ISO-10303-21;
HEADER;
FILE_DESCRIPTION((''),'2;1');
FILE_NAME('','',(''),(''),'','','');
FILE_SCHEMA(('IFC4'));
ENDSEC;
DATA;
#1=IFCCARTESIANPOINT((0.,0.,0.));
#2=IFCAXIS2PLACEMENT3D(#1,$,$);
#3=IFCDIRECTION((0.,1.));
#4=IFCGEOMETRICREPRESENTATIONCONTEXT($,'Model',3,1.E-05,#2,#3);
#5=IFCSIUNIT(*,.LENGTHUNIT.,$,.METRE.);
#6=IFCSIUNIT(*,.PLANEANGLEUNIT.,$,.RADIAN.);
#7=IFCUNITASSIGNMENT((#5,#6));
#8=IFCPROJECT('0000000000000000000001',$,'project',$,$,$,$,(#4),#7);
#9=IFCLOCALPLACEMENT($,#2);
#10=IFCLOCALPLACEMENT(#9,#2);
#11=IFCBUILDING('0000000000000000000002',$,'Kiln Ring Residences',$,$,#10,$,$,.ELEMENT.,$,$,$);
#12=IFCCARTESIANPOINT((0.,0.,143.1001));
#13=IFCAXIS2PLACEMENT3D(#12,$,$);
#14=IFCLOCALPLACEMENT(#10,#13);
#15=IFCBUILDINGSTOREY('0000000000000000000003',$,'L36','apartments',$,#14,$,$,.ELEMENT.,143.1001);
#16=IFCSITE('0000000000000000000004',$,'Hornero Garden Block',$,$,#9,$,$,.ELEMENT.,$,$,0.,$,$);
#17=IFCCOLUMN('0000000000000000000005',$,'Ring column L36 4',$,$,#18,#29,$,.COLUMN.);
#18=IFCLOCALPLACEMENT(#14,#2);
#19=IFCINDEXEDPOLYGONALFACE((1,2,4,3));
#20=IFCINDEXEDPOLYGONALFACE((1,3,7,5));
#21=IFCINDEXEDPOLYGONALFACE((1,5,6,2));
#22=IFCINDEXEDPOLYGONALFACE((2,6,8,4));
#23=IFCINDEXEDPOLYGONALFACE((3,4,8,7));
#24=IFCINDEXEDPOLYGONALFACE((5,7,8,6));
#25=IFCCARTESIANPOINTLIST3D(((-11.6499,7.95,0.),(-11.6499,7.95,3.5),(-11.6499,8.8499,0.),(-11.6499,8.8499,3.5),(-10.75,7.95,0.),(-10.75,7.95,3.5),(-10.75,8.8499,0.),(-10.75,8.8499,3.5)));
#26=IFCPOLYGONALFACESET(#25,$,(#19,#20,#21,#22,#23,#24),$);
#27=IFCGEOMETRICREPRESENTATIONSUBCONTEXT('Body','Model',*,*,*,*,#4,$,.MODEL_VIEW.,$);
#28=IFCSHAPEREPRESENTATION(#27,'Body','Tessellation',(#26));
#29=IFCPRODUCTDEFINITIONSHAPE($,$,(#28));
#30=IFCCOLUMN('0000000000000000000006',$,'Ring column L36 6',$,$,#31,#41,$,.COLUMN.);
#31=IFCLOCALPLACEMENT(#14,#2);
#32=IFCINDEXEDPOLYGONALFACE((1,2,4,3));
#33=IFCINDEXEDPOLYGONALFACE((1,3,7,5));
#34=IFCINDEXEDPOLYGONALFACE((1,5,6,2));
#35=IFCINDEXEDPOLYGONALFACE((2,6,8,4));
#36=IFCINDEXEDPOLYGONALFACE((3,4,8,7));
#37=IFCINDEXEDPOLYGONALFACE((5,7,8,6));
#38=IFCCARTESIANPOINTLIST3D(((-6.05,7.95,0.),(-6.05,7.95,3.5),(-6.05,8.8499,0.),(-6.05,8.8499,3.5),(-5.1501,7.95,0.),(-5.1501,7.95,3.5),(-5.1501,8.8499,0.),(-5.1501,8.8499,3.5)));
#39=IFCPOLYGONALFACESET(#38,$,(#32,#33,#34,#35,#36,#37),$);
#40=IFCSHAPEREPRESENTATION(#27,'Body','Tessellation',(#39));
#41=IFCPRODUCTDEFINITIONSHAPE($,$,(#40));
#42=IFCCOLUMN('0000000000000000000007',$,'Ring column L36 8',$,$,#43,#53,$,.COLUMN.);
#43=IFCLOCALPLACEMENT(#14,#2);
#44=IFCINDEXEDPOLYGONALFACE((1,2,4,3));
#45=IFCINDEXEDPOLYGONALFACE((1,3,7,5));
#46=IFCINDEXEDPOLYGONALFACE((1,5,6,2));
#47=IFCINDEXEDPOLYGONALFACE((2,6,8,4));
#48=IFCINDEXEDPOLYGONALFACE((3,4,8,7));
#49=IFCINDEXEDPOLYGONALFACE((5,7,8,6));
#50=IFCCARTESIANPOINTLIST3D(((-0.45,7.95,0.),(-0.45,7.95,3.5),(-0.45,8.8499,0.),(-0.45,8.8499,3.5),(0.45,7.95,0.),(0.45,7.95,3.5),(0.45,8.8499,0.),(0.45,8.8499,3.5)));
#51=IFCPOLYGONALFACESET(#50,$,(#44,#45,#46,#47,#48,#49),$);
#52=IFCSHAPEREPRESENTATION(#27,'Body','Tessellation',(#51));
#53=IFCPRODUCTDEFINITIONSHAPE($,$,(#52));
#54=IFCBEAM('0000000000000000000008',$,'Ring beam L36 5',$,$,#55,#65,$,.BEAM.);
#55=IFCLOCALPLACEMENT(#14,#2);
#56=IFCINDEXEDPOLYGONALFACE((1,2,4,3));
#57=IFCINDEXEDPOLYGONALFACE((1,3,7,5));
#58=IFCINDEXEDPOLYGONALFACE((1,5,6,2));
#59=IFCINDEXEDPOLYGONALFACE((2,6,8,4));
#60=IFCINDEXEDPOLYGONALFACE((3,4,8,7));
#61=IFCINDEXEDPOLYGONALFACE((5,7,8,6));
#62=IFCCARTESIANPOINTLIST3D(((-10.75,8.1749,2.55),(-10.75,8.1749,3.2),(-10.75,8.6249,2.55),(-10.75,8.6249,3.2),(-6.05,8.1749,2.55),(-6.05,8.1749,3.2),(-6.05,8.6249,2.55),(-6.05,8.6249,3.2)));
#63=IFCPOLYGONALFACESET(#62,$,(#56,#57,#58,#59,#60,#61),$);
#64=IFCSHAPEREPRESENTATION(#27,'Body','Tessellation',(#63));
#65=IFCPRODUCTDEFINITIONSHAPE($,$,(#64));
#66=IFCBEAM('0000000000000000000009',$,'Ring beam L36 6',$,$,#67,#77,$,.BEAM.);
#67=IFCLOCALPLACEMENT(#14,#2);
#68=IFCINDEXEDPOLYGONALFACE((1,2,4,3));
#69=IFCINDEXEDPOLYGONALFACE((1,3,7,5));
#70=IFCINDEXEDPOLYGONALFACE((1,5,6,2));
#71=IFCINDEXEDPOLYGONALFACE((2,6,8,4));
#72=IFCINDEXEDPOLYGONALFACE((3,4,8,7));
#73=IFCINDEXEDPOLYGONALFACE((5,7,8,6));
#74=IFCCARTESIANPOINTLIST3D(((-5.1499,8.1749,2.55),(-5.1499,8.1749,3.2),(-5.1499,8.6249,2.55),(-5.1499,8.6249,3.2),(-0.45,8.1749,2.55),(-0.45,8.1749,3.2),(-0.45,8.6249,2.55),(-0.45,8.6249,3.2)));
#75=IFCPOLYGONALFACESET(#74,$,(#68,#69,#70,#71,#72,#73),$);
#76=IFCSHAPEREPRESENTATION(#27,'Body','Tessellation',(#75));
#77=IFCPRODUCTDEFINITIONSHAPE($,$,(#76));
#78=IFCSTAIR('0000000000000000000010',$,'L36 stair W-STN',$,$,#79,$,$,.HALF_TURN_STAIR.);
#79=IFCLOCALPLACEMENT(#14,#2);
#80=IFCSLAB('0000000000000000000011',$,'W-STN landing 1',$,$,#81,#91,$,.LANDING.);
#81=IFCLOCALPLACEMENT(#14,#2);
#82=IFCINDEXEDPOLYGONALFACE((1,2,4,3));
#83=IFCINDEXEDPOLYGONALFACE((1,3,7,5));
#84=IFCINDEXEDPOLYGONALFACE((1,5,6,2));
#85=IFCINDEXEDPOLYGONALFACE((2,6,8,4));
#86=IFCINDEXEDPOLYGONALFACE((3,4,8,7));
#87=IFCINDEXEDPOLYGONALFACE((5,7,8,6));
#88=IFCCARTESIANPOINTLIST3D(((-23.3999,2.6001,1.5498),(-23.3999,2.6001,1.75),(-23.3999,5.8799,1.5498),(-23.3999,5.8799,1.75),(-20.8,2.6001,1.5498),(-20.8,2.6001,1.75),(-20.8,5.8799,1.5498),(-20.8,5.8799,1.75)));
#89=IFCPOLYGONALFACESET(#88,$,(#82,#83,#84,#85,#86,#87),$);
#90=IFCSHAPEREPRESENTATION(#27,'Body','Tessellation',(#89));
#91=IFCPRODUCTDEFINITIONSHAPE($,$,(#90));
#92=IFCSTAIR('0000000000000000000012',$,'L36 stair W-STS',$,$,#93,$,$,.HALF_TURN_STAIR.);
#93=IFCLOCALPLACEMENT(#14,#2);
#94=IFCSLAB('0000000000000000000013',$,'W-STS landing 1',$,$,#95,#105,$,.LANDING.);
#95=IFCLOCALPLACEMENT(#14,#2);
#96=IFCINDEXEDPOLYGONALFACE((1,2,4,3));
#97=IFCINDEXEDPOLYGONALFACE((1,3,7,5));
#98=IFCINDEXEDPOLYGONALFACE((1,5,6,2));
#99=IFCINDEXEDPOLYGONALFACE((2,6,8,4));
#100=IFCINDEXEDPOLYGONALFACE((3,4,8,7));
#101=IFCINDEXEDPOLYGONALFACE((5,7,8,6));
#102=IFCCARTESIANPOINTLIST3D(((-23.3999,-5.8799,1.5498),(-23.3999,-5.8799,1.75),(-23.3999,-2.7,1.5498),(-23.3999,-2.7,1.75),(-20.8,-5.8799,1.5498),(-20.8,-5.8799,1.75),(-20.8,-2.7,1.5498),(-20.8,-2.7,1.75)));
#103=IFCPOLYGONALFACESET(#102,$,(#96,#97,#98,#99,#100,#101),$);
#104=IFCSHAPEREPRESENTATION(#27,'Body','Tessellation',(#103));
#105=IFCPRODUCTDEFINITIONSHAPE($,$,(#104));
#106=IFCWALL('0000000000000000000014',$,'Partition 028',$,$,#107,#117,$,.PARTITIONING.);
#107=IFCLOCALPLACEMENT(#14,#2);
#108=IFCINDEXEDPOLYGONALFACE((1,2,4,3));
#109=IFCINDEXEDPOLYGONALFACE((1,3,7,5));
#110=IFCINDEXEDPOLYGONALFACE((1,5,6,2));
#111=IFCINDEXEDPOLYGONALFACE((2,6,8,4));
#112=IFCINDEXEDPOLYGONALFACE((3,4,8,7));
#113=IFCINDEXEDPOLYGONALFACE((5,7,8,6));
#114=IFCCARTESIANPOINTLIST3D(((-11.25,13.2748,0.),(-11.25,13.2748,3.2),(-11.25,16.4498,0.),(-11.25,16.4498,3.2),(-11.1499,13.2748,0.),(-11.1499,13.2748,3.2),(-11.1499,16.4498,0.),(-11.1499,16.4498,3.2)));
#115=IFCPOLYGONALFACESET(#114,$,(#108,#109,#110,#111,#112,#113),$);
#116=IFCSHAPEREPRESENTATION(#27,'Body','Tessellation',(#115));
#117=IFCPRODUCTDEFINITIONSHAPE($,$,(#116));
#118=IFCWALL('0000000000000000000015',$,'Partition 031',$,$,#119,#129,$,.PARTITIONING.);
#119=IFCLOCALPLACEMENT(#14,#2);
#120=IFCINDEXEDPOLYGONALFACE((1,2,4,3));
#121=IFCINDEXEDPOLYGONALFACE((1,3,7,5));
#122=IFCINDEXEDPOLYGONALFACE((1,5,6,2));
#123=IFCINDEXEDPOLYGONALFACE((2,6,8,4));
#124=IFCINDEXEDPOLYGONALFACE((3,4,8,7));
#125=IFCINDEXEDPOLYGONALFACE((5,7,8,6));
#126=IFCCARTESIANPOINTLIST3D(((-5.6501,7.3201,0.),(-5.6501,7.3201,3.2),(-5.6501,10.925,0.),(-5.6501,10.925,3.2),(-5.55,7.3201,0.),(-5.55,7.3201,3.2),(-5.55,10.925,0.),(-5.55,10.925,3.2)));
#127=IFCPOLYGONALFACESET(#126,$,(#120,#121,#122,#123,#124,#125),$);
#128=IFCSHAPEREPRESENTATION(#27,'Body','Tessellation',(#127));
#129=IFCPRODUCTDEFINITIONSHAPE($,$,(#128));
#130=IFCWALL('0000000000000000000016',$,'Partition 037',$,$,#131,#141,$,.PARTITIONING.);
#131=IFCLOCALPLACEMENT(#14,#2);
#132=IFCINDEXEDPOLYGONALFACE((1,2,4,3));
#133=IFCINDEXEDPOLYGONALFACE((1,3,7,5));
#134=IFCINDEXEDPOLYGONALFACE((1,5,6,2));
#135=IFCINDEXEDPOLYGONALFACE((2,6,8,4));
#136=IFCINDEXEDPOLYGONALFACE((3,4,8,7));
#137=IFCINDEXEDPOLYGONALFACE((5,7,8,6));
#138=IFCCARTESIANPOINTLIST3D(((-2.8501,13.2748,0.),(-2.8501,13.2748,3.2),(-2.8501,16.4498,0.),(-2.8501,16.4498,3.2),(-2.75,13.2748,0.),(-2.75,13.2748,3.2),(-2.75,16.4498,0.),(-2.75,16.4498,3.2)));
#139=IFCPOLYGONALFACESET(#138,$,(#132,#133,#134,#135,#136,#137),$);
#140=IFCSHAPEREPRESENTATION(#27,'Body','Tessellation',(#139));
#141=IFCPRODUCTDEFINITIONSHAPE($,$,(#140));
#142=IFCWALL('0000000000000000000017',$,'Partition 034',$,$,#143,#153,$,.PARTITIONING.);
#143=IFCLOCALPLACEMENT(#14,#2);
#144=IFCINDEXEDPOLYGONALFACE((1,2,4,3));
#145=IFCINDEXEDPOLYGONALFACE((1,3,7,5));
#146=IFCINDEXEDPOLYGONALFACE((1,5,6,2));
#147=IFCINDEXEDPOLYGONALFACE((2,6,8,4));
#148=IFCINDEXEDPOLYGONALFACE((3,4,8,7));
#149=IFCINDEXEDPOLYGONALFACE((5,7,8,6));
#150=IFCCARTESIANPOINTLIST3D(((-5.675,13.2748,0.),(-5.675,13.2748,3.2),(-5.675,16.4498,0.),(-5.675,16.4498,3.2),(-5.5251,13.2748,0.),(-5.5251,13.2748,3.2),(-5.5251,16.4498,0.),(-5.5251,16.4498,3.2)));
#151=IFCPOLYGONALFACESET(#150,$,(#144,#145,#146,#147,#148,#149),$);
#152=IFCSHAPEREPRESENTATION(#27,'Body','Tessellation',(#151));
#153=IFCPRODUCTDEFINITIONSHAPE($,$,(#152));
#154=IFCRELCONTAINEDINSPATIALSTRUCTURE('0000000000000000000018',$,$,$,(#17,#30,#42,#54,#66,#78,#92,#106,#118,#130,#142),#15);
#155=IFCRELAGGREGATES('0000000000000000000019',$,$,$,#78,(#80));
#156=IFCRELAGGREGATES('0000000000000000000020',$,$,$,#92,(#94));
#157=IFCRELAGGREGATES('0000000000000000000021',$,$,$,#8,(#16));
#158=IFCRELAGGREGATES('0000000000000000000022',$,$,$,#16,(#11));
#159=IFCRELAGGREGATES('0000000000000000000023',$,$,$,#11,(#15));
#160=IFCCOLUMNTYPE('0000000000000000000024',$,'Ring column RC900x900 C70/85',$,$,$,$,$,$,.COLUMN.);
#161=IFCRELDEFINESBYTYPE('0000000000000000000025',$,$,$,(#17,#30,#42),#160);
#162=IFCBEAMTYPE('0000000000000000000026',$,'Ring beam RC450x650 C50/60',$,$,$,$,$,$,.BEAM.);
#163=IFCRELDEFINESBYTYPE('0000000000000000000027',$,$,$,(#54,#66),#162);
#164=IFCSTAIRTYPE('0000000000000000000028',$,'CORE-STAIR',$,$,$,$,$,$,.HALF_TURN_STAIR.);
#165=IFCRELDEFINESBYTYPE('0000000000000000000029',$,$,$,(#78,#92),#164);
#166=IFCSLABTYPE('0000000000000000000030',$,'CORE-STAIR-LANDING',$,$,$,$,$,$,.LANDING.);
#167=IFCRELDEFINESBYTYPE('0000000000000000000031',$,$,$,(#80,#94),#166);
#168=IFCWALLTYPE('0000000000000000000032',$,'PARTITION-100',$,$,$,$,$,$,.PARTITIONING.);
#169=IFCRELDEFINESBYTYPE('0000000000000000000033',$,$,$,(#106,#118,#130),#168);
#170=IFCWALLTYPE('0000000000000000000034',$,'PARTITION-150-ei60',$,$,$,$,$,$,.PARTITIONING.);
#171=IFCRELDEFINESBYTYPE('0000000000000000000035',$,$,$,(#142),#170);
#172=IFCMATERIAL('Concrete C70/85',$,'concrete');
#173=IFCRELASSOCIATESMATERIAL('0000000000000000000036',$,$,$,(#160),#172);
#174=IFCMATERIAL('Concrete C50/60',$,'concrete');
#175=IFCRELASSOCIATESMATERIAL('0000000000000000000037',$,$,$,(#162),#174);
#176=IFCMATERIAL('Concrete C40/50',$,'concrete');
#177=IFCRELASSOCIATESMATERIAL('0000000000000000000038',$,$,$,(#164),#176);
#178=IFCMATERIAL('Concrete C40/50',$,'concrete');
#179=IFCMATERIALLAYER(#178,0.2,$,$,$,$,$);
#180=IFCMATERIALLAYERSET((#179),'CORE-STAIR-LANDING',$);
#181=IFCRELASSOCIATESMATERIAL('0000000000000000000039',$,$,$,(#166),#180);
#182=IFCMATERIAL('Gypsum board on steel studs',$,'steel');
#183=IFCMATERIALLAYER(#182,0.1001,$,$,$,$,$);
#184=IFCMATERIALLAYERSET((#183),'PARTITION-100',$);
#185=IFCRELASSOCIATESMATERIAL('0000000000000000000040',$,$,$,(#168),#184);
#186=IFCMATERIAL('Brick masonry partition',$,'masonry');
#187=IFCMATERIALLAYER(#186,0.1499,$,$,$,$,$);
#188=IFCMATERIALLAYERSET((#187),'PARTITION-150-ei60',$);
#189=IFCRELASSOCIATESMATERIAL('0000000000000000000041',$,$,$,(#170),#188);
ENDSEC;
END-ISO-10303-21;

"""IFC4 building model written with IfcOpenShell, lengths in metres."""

from ifc_helpers import new_model, si_unit, direction, frame, frame_2d, origin, origin_2d, place, context, subcontext, project, spatial, polyline, rectangle, outline, extrude, material, layer, layer_set, material_profile, profile_set, type_object, element, aggregate, save


model = new_model("IFC4")

# Units and contexts
model_context = context("Model", 3, precision=1e-05, world=origin(), true_north=direction((0.0, 1.0)))
body_context = subcontext(model_context, "Body", "Model", "MODEL_VIEW")
ifc_project = project(units=[si_unit("LENGTHUNIT", "METRE"), si_unit("PLANEANGLEUNIT", "RADIAN")], contexts=[model_context])

# Site, building, storey
site_placement = place(None, origin())
site = spatial("IfcSite", under=ifc_project, at=site_placement, Name="Hornero Garden Block", CompositionType="ELEMENT", RefElevation=0.0)
building_placement = place(site_placement, origin())
building = spatial("IfcBuilding", under=site, at=building_placement, Name="Kiln Ring Residences", CompositionType="ELEMENT")
storey_placement = place(building_placement, frame((0.0, 0.0, 143.1001)))
storey = spatial("IfcBuildingStorey", under=building, at=storey_placement, Name="L36", Description="apartments", CompositionType="ELEMENT", Elevation=143.1001)

# Columns
ifc_material_1 = material(Name="Concrete C70/85", Category="concrete")
ifc_material_profile_1 = material_profile(ifc_material_1, rectangle(XDim=0.8999, YDim=0.8999, at=origin_2d()), Name="RC900x900")
ifc_profile_set_1 = profile_set([ifc_material_profile_1], Name="Concrete C70/85")
column_type = type_object("IfcColumnType", Name="Ring column RC900x900 C70/85", PredefinedType="COLUMN", material=ifc_profile_set_1)
for number, where, z_axis, x_axis, name in (
    (1, (-11.2, 8.3999, 0.0), (0.0, 0.0, 1.0), (1.0, 0.0, 0.0), "Ring column L36 4"),
    (2, (-5.6001, 8.3999, 0.0), (0.0, 0.0, 1.0), (1.0, 0.0, 0.0), "Ring column L36 6"),
    (3, (0.0, 8.3999, 0.0), (0.0, 0.0, 1.0), (1.0, 0.0, 0.0), "Ring column L36 8"),
):
    element("IfcColumn", number, at=place(storey_placement, frame(where, z_axis=z_axis, x_axis=x_axis)), inside=storey, type_object=column_type, Name=name, PredefinedType="COLUMN", context=body_context, shape_type="SweptSolid", body=[
        extrude(rectangle(XDim=0.8999, YDim=0.8999, at=origin_2d()), origin(), (0.0, 0.0, 1.0), 3.5),
    ])

# Beams
ifc_material_2 = material(Name="Concrete C50/60", Category="concrete")
ifc_material_profile_2 = material_profile(ifc_material_2, rectangle(XDim=0.45, YDim=0.6499, at=origin_2d()), Name="RC450x650")
ifc_profile_set_2 = profile_set([ifc_material_profile_2], Name="Concrete C50/60")
beam_type = type_object("IfcBeamType", Name="Ring beam RC450x650 C50/60", PredefinedType="BEAM", material=ifc_profile_set_2)
for number, where, z_axis, x_axis, name in (
    (4, (-10.75, 8.3999, 2.875), (1.0, 0.0, 0.0), (0.0, 1.0, 0.0), "Ring beam L36 5"),
    (5, (-5.1499, 8.3999, 2.875), (1.0, 0.0, 0.0), (0.0, 1.0, 0.0), "Ring beam L36 6"),
):
    element("IfcBeam", number, at=place(storey_placement, frame(where, z_axis=z_axis, x_axis=x_axis)), inside=storey, type_object=beam_type, Name=name, PredefinedType="BEAM", context=body_context, shape_type="SweptSolid", body=[
        extrude(rectangle(XDim=0.45, YDim=0.6499, at=origin_2d()), origin(), (0.0, 0.0, 1.0), 4.7),
    ])

# Stairs, slabs
ifc_material_3 = material(Name="Concrete C40/50", Category="concrete")
stair_type = type_object("IfcStairType", Name="CORE-STAIR", PredefinedType="HALF_TURN_STAIR", material=ifc_material_3)
placement_1 = place(storey_placement, origin())
stair_1 = element("IfcStair", 6, at=placement_1, inside=storey, type_object=stair_type, Name="L36 stair W-STN", PredefinedType="HALF_TURN_STAIR")
ifc_material_4 = material(Name="Concrete C40/50", Category="concrete")
ifc_layer_1 = layer(ifc_material_4, 0.2)
ifc_layer_set_1 = layer_set([ifc_layer_1], Name="CORE-STAIR-LANDING")
slab_type = type_object("IfcSlabType", Name="CORE-STAIR-LANDING", PredefinedType="LANDING", material=ifc_layer_set_1)
placement_2 = place(storey_placement, frame((0.0, 0.0, 1.5498)))
slab_1 = element("IfcSlab", 7, at=placement_2, type_object=slab_type, Name="W-STN landing 1", PredefinedType="LANDING", context=body_context, shape_type="SweptSolid", body=[
    extrude(outline(polyline([(-23.3999, 5.8799), (-23.3999, 2.6001), (-20.8, 2.6001), (-20.8, 5.8799), (-23.3999, 5.8799)])), origin(), (0.0, 0.0, 1.0), 0.2002),
])
aggregate(stair_1, [slab_1])
stair_2 = element("IfcStair", 8, at=placement_1, inside=storey, type_object=stair_type, Name="L36 stair W-STS", PredefinedType="HALF_TURN_STAIR")
slab_2 = element("IfcSlab", 9, at=placement_2, type_object=slab_type, Name="W-STS landing 1", PredefinedType="LANDING", context=body_context, shape_type="SweptSolid", body=[
    extrude(outline(polyline([(-20.8, -5.8799), (-20.8, -2.7), (-23.3999, -2.7), (-23.3999, -5.8799), (-20.8, -5.8799)])), origin(), (0.0, 0.0, 1.0), 0.2002),
])
aggregate(stair_2, [slab_2])

# Walls
ifc_material_5 = material(Name="Gypsum board on steel studs", Category="steel")
ifc_layer_2 = layer(ifc_material_5, 0.1001)
ifc_layer_set_2 = layer_set([ifc_layer_2], Name="PARTITION-100")
wall_type_1 = type_object("IfcWallType", Name="PARTITION-100", PredefinedType="PARTITIONING", material=ifc_layer_set_2)
wall_1_placement = place(storey_placement, frame((-11.2, 13.2749, 0.0), z_axis=(0.0, 0.0, 1.0), x_axis=(0.0, 1.0, 0.0)))
element("IfcWall", 10, at=wall_1_placement, inside=storey, type_object=wall_type_1, Name="Partition 028", PredefinedType="PARTITIONING", context=body_context, shape_type="SweptSolid", body=[
    extrude(rectangle(XDim=3.175, YDim=0.1001, at=frame_2d((1.5874, 0.0))), origin(), (0.0, 0.0, 1.0), 3.2),
])
wall_2_placement = place(storey_placement, frame((-5.6001, 7.3201, 0.0), z_axis=(0.0, 0.0, 1.0), x_axis=(0.0, 1.0, 0.0)))
element("IfcWall", 11, at=wall_2_placement, inside=storey, type_object=wall_type_1, Name="Partition 031", PredefinedType="PARTITIONING", context=body_context, shape_type="SweptSolid", body=[
    extrude(rectangle(XDim=3.605, YDim=0.1001, at=frame_2d((1.8025, 0.0))), origin(), (0.0, 0.0, 1.0), 3.2),
])
wall_3_placement = place(storey_placement, frame((-2.8, 13.2749, 0.0), z_axis=(0.0, 0.0, 1.0), x_axis=(0.0, 1.0, 0.0)))
element("IfcWall", 12, at=wall_3_placement, inside=storey, type_object=wall_type_1, Name="Partition 037", PredefinedType="PARTITIONING", context=body_context, shape_type="SweptSolid", body=[
    extrude(rectangle(XDim=3.175, YDim=0.1001, at=frame_2d((1.5874, 0.0))), origin(), (0.0, 0.0, 1.0), 3.2),
])
ifc_material_6 = material(Name="Brick masonry partition", Category="masonry")
ifc_layer_3 = layer(ifc_material_6, 0.1499)
ifc_layer_set_3 = layer_set([ifc_layer_3], Name="PARTITION-150-ei60")
wall_type_2 = type_object("IfcWallType", Name="PARTITION-150-ei60", PredefinedType="PARTITIONING", material=ifc_layer_set_3)
wall_4_placement = place(storey_placement, frame((-5.6001, 13.2749, 0.0), z_axis=(0.0, 0.0, 1.0), x_axis=(0.0, 1.0, 0.0)))
element("IfcWall", 13, at=wall_4_placement, inside=storey, type_object=wall_type_2, Name="Partition 034", PredefinedType="PARTITIONING", context=body_context, shape_type="SweptSolid", body=[
    extrude(rectangle(XDim=3.175, YDim=0.1499, at=frame_2d((1.5874, 0.0))), origin(), (0.0, 0.0, 1.0), 3.2),
])

save(model, "model.ifc")
